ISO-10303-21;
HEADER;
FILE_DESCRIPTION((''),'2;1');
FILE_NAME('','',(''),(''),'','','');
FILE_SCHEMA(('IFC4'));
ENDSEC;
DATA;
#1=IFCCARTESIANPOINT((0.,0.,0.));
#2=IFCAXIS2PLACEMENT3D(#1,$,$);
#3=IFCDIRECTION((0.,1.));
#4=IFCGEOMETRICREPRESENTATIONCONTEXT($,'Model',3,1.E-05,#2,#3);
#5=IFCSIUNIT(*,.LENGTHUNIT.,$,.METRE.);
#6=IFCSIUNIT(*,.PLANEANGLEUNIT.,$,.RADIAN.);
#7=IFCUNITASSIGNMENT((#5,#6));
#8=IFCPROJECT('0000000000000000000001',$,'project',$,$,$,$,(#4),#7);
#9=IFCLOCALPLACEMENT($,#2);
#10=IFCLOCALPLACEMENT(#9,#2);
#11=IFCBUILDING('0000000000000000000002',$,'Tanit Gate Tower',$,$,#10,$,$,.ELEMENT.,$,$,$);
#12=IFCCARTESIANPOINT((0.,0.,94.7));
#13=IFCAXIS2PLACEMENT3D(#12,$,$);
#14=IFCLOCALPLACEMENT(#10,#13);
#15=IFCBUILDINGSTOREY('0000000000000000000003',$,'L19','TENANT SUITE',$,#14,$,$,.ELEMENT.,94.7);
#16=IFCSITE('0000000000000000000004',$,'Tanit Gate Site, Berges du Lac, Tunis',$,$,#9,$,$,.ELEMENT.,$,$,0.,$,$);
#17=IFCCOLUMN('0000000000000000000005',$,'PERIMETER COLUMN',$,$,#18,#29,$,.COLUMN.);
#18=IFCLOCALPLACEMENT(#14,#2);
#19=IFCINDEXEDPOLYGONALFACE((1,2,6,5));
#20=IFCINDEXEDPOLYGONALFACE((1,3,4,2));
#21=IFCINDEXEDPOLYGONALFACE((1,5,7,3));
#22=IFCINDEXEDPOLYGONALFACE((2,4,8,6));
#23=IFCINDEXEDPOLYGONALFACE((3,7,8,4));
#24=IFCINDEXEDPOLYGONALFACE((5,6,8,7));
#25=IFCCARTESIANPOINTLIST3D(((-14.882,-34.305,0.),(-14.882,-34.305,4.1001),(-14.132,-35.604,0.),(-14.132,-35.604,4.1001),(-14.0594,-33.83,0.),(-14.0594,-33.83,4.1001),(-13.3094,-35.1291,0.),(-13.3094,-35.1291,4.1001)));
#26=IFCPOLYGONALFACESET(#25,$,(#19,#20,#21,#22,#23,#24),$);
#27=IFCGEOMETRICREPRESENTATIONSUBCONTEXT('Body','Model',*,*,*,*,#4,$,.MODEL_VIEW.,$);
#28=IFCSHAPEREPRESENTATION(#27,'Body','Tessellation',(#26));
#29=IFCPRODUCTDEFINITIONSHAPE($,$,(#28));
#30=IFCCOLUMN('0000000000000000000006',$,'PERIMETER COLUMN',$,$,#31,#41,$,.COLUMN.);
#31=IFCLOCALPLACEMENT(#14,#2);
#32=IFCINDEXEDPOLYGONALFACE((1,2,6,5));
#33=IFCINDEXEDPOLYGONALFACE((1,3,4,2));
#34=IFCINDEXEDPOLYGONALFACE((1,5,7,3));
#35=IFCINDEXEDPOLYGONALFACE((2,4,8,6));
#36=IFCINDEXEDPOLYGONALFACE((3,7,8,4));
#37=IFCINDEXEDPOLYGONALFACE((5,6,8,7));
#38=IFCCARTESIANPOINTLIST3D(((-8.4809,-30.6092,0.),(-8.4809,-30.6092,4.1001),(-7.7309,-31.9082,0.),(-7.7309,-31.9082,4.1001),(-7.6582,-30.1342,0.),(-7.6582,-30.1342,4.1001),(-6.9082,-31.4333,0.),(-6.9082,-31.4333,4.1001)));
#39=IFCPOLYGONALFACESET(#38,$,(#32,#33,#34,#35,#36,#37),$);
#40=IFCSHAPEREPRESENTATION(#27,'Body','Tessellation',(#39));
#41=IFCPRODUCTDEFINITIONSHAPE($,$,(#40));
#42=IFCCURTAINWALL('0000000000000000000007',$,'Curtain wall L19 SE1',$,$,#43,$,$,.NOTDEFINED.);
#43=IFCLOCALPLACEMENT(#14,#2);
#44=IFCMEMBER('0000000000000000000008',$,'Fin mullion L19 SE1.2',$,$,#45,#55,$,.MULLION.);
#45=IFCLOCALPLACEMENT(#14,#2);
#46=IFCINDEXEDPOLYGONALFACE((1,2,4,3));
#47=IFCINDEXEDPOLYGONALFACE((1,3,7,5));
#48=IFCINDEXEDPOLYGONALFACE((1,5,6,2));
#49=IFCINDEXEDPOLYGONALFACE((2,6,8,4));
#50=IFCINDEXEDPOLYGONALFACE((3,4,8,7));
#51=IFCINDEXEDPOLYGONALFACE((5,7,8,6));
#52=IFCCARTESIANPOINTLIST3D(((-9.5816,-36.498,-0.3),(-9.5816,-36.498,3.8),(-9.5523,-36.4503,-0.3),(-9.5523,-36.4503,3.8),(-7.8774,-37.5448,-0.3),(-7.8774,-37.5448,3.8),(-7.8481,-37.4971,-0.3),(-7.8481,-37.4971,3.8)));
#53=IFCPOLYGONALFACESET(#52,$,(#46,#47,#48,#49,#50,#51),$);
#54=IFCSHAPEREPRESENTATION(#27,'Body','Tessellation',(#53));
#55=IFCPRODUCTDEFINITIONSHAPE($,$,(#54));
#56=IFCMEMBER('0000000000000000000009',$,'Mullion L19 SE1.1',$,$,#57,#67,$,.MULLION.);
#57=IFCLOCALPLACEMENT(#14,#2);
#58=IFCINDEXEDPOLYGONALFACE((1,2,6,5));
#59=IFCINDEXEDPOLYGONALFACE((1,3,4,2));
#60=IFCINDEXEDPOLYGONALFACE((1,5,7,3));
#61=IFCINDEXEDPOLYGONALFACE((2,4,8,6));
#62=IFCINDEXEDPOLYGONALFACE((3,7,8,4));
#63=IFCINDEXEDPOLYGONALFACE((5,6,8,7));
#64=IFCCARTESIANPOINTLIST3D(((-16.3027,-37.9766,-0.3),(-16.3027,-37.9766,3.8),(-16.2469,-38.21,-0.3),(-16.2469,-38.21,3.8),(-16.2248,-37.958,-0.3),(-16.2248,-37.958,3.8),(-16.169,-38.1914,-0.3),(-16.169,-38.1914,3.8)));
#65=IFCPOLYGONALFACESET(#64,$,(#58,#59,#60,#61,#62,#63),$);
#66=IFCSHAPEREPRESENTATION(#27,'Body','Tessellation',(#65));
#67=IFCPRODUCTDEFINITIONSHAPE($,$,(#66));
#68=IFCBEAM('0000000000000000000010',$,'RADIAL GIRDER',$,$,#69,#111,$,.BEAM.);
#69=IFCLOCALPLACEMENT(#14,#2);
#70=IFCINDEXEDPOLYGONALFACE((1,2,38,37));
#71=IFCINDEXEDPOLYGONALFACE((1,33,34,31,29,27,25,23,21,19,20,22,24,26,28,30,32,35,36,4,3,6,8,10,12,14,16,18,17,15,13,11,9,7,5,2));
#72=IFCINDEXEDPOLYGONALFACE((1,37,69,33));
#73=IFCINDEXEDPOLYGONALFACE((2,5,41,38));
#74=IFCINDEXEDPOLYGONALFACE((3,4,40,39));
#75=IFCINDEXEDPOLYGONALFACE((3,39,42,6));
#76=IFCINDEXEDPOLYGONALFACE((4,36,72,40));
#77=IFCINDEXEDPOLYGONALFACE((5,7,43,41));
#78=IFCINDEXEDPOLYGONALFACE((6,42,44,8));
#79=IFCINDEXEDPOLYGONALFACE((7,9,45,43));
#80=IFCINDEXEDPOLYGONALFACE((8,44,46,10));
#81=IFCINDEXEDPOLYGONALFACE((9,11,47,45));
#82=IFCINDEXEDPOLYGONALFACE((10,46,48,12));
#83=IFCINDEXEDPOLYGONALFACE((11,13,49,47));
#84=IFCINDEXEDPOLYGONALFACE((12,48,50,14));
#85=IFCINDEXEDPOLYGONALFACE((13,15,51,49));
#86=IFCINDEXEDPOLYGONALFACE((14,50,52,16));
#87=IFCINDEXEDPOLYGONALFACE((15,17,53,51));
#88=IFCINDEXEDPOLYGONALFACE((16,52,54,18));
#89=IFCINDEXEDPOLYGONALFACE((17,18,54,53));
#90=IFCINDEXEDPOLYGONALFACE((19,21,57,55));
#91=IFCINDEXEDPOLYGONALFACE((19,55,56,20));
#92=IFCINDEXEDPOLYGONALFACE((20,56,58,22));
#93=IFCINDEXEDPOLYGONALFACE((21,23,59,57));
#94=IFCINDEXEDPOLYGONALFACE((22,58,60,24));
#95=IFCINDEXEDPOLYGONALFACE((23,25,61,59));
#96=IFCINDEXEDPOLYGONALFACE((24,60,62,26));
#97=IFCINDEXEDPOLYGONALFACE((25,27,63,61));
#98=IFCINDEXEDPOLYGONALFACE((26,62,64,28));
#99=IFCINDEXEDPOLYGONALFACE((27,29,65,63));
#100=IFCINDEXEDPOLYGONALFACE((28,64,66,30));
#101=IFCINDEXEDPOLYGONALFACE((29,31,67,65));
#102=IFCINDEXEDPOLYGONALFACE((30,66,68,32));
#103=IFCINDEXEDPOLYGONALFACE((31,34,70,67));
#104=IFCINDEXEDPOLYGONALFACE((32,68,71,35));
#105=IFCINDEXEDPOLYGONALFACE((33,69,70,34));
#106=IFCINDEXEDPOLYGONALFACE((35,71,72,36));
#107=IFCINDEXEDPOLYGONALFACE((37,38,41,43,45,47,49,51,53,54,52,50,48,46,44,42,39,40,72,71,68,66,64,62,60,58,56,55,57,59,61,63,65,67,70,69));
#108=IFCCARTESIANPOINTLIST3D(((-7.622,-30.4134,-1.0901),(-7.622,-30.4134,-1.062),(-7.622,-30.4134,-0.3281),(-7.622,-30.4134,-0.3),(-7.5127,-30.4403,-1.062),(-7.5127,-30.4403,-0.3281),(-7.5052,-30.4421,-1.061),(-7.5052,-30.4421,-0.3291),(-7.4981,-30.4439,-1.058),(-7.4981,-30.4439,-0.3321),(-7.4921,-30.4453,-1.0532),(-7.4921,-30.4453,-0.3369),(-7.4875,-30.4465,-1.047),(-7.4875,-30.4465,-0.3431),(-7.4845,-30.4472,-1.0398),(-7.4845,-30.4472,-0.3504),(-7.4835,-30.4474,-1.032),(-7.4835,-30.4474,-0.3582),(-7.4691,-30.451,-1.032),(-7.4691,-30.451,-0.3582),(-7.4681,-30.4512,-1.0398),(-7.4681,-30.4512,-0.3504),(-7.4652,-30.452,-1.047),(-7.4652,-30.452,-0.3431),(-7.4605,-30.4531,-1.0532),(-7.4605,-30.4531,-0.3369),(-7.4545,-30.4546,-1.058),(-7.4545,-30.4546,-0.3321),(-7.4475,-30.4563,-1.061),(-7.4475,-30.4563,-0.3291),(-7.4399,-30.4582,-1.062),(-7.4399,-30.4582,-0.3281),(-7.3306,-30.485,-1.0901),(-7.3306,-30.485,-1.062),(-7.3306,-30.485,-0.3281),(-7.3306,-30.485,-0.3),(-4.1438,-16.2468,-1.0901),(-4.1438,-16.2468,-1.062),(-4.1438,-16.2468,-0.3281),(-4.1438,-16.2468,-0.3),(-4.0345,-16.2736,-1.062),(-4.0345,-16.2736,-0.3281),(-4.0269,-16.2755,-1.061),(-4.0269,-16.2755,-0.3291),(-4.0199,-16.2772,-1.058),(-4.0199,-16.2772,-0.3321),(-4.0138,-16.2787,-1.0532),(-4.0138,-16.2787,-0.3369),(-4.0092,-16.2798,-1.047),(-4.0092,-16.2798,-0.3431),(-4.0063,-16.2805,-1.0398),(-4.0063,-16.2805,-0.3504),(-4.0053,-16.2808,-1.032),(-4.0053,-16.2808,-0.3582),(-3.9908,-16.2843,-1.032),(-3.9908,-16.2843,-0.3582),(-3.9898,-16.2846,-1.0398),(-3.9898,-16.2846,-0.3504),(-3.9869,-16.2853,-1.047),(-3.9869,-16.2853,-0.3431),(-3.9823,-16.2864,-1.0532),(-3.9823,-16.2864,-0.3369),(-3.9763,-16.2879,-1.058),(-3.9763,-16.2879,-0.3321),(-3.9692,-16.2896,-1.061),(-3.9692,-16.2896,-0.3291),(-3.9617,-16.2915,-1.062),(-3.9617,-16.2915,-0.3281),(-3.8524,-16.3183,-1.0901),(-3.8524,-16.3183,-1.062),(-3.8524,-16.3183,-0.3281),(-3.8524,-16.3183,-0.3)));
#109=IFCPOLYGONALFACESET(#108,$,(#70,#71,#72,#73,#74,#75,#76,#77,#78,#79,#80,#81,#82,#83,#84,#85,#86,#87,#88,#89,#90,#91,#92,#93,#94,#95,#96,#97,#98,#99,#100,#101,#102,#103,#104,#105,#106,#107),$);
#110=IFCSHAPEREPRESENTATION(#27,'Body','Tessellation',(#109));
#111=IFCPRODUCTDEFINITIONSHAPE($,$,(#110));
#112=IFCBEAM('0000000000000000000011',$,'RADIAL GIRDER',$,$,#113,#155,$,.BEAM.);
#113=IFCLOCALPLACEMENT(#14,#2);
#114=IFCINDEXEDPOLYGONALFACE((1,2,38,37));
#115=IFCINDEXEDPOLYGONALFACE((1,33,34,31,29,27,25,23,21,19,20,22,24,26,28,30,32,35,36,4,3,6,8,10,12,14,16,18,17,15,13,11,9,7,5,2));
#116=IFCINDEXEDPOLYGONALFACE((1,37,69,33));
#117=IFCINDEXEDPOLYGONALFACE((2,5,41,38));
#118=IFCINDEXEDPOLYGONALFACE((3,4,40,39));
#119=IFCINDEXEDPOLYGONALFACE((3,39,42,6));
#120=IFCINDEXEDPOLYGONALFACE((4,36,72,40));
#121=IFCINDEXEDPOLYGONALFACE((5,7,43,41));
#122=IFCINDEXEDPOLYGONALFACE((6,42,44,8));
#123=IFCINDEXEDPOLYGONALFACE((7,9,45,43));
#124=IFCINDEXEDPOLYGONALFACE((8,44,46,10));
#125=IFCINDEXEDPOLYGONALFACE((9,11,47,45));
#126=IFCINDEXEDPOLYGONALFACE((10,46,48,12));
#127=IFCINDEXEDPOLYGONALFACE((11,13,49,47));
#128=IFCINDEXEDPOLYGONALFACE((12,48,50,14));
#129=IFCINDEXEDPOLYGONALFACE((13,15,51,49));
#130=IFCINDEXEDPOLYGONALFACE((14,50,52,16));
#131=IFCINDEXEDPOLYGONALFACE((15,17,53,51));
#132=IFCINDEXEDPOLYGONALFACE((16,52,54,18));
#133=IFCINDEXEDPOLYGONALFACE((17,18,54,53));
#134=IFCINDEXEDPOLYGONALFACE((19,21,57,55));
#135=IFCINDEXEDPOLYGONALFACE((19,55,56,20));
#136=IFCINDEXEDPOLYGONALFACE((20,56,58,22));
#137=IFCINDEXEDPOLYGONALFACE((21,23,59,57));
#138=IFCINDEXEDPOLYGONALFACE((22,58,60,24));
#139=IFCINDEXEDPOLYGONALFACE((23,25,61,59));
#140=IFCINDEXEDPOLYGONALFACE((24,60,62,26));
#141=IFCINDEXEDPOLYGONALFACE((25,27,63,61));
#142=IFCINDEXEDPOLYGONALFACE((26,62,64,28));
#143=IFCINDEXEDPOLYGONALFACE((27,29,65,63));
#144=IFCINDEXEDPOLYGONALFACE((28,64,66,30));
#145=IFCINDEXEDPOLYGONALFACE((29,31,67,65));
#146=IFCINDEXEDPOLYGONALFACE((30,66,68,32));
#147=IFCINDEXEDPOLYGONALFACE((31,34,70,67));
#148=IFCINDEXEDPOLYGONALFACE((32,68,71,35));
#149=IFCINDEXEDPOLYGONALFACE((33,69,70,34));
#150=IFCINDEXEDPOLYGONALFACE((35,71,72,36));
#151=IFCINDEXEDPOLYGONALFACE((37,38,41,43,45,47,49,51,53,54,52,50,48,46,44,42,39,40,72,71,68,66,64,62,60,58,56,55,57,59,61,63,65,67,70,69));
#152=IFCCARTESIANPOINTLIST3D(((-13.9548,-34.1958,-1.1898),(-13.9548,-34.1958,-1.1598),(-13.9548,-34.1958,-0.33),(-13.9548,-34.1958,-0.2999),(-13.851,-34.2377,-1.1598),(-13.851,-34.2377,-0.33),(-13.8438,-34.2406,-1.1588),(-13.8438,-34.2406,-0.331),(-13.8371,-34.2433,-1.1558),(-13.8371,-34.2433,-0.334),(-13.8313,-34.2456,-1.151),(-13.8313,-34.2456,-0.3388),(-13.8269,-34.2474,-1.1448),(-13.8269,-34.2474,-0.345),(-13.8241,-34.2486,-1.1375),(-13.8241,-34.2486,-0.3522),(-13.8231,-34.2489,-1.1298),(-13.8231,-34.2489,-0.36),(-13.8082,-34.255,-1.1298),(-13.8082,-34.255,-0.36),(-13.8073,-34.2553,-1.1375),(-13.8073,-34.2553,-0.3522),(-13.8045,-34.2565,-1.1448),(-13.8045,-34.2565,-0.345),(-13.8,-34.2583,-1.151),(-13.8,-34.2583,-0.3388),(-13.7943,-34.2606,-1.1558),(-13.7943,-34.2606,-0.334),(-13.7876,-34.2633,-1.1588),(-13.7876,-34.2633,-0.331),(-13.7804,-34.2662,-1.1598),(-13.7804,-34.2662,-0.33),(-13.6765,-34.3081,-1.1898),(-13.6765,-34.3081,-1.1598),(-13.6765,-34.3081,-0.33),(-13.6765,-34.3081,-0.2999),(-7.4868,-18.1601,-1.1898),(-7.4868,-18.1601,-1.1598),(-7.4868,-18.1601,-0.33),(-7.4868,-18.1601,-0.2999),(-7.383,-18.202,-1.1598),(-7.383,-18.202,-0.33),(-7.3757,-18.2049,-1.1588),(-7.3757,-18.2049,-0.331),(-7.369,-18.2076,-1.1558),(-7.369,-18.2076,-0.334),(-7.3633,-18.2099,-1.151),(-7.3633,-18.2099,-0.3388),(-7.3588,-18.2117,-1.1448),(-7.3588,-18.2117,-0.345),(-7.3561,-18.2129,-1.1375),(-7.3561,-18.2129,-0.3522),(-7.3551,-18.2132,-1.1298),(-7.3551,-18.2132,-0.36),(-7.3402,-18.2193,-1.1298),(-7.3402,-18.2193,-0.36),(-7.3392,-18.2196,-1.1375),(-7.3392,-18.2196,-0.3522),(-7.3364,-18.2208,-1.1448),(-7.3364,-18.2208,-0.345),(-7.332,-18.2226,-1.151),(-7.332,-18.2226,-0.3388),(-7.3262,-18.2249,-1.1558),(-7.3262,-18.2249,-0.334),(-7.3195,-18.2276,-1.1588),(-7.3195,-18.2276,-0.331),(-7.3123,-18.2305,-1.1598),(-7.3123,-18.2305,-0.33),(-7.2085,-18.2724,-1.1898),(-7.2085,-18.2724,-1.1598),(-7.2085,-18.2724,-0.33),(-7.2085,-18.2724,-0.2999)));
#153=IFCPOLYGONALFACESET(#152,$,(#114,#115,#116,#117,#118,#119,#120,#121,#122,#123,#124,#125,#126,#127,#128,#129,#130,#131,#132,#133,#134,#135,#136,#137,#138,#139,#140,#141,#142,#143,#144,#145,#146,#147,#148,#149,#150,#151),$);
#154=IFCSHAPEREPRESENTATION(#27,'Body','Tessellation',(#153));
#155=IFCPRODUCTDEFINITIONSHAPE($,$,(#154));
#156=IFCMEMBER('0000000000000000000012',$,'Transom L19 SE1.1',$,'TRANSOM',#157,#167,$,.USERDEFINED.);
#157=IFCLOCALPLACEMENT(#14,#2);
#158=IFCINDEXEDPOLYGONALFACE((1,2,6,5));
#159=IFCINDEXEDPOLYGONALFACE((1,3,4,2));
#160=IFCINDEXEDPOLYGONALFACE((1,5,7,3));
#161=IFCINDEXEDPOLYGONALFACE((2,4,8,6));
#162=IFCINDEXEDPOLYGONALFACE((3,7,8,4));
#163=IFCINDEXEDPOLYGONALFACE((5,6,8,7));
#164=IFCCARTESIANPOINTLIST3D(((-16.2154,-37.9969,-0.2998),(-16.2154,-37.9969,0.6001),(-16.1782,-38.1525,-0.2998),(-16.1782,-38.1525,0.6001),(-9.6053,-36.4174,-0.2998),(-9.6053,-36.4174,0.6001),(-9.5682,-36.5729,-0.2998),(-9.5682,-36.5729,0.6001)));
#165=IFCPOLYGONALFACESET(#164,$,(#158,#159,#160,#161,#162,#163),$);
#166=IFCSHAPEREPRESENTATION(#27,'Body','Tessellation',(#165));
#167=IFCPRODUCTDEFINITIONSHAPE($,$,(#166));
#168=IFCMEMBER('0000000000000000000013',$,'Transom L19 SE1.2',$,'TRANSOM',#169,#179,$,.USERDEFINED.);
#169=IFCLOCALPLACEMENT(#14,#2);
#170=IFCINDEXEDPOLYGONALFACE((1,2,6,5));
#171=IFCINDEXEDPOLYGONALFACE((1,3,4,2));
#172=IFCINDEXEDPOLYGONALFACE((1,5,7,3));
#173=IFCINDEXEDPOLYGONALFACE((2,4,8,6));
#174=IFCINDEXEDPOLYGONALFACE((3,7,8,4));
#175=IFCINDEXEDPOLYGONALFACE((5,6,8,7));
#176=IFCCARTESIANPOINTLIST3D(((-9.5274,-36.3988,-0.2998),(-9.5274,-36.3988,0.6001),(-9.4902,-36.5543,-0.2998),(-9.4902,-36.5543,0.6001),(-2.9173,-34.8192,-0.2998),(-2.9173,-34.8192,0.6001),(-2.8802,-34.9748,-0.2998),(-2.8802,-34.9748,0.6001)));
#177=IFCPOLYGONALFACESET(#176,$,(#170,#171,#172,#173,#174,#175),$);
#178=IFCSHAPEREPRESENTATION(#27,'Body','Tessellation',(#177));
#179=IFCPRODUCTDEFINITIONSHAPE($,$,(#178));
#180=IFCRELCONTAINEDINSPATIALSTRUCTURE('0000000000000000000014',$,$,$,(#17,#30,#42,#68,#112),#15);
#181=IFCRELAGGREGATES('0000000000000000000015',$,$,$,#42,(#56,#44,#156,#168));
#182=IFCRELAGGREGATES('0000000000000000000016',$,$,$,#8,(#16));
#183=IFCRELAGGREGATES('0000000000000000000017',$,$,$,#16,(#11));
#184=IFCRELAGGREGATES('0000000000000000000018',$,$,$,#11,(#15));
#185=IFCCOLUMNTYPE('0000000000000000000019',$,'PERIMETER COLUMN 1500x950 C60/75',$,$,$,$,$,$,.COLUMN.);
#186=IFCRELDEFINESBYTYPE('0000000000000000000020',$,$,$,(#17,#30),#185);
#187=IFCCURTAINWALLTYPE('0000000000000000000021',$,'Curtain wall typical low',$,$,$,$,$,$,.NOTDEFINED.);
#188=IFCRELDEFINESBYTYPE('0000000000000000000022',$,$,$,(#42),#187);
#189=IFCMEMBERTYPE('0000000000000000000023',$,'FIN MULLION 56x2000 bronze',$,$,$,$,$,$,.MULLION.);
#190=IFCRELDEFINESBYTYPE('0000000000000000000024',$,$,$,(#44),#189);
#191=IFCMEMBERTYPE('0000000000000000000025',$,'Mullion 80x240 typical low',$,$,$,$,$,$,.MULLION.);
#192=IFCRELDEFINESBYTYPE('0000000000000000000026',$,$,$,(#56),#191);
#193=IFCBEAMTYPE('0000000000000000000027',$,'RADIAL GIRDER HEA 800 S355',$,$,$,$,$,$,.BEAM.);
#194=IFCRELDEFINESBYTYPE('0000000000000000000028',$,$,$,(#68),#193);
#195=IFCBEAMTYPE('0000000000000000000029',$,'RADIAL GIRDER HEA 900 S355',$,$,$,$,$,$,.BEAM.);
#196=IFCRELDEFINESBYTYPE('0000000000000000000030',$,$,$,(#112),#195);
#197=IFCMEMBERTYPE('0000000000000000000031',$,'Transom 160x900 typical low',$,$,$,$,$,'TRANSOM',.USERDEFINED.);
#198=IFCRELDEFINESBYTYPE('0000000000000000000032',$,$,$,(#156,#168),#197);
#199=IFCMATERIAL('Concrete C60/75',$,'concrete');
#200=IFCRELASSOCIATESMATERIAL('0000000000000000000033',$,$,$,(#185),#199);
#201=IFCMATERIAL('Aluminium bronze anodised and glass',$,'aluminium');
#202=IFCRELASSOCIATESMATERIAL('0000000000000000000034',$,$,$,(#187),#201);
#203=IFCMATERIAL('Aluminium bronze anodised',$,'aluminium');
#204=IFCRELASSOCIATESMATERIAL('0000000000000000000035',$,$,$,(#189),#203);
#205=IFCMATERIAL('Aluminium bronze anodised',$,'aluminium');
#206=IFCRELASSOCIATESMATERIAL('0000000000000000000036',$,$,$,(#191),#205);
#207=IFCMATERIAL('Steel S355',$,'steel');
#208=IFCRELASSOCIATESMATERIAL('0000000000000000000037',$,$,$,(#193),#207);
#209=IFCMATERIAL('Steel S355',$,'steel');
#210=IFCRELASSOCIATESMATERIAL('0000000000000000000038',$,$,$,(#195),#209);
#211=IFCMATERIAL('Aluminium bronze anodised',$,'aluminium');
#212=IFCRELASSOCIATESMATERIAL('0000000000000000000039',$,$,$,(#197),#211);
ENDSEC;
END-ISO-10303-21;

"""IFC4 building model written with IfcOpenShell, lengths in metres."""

from ifc_helpers import new_model, si_unit, direction, frame, origin, origin_2d, place, context, subcontext, project, spatial, rectangle, i_section, extrude, material, material_profile, profile_set, type_object, element, aggregate, save


model = new_model("IFC4")

# Units and contexts
model_context = context("Model", 3, precision=1e-05, world=origin(), true_north=direction((0.0, 1.0)))
body_context = subcontext(model_context, "Body", "Model", "MODEL_VIEW")
ifc_project = project(units=[si_unit("LENGTHUNIT", "METRE"), si_unit("PLANEANGLEUNIT", "RADIAN")], contexts=[model_context])

# Site, building, storey
site_placement = place(None, origin())
site = spatial("IfcSite", under=ifc_project, at=site_placement, Name="Tanit Gate Site, Berges du Lac, Tunis", CompositionType="ELEMENT", RefElevation=0.0)
building_placement = place(site_placement, origin())
building = spatial("IfcBuilding", under=site, at=building_placement, Name="Tanit Gate Tower", CompositionType="ELEMENT")
storey_placement = place(building_placement, frame((0.0, 0.0, 94.7)))
storey = spatial("IfcBuildingStorey", under=building, at=storey_placement, Name="L19", Description="TENANT SUITE", CompositionType="ELEMENT", Elevation=94.7)

# Columns
ifc_material_1 = material(Name="Concrete C60/75", Category="concrete")
ifc_material_profile_1 = material_profile(ifc_material_1, rectangle(XDim=1.5, YDim=0.95, at=origin_2d()), Name="RC 1500x950")
ifc_profile_set_1 = profile_set([ifc_material_profile_1], Name="Concrete C60/75")
column_type = type_object("IfcColumnType", Name="PERIMETER COLUMN 1500x950 C60/75", PredefinedType="COLUMN", material=ifc_profile_set_1)
for number, where, z_axis, x_axis, name in (
    (1, (-14.0957, -34.717, 0.0), (0.0, 0.0, 1.0), (0.5, -0.866025, 0.0), "PERIMETER COLUMN"),
    (2, (-7.6946, -31.0212, 0.0), (0.0, 0.0, 1.0), (0.5, -0.866025, 0.0), "PERIMETER COLUMN"),
):
    element("IfcColumn", number, at=place(storey_placement, frame(where, z_axis=z_axis, x_axis=x_axis)), inside=storey, type_object=column_type, Name=name, PredefinedType="COLUMN", context=body_context, shape_type="SweptSolid", body=[
        extrude(rectangle(XDim=1.5, YDim=0.95, at=origin_2d()), origin(), (0.0, 0.0, 1.0), 4.1001),
    ])

# Curtain wall, members
ifc_material_2 = material(Name="Aluminium bronze anodised and glass", Category="aluminium")
curtain_wall_type = type_object("IfcCurtainWallType", Name="Curtain wall typical low", PredefinedType="NOTDEFINED", material=ifc_material_2)
curtain_wall_placement = place(storey_placement, origin())
curtain_wall = element("IfcCurtainWall", 3, at=curtain_wall_placement, inside=storey, type_object=curtain_wall_type, Name="Curtain wall L19 SE1", PredefinedType="NOTDEFINED")
ifc_material_3 = material(Name="Aluminium bronze anodised", Category="aluminium")
ifc_material_profile_2 = material_profile(ifc_material_3, rectangle(XDim=2.0, YDim=0.0559, at=origin_2d()), Name="56x2000 bronze fin mullion")
ifc_profile_set_2 = profile_set([ifc_material_profile_2], Name="Aluminium bronze anodised")
member_type_1 = type_object("IfcMemberType", Name="FIN MULLION 56x2000 bronze", PredefinedType="MULLION", material=ifc_profile_set_2)
member_1_placement = place(storey_placement, frame((-8.7148, -36.9976, -0.3), z_axis=(0.0, 0.0, 1.0), x_axis=(-0.852083, 0.523407, 0.0)))
member_1 = element("IfcMember", 4, at=member_1_placement, type_object=member_type_1, Name="Fin mullion L19 SE1.2", PredefinedType="MULLION", context=body_context, shape_type="SweptSolid", body=[
    extrude(rectangle(XDim=2.0, YDim=0.0559, at=origin_2d()), origin(), (0.0, 0.0, 1.0), 4.1001),
])
ifc_material_4 = material(Name="Aluminium bronze anodised", Category="aluminium")
ifc_material_profile_3 = material_profile(ifc_material_4, rectangle(XDim=0.24, YDim=0.0801, at=origin_2d()), Name="80x240 bronze mullion")
ifc_profile_set_3 = profile_set([ifc_material_profile_3], Name="Aluminium bronze anodised")
member_type_2 = type_object("IfcMemberType", Name="Mullion 80x240 typical low", PredefinedType="MULLION", material=ifc_profile_set_3)
member_2_placement = place(storey_placement, frame((-16.2358, -38.084, -0.3), z_axis=(0.0, 0.0, 1.0), x_axis=(-0.232409, 0.972618, 0.0)))
member_2 = element("IfcMember", 5, at=member_2_placement, type_object=member_type_2, Name="Mullion L19 SE1.1", PredefinedType="MULLION", context=body_context, shape_type="SweptSolid", body=[
    extrude(rectangle(XDim=0.24, YDim=0.0801, at=origin_2d()), origin(), (0.0, 0.0, 1.0), 4.1001),
])

# Beams
ifc_material_5 = material(Name="Steel S355", Category="steel")
ifc_material_profile_4 = material_profile(ifc_material_5, i_section(OverallWidth=0.3, OverallDepth=0.79, WebThickness=0.0149, FlangeThickness=0.0281, FilletRadius=0.03, at=origin_2d()), Name="HEA 800")
ifc_profile_set_4 = profile_set([ifc_material_profile_4], Name="Steel S355")
beam_type_1 = type_object("IfcBeamType", Name="RADIAL GIRDER HEA 800 S355", PredefinedType="BEAM", material=ifc_profile_set_4)
beam_1_placement = place(storey_placement, frame((-7.4763, -30.4492, -0.6951), z_axis=(0.238442, 0.971157, 0.0), x_axis=(-0.971157, 0.238442, 0.0)))
element("IfcBeam", 6, at=beam_1_placement, inside=storey, type_object=beam_type_1, Name="RADIAL GIRDER", PredefinedType="BEAM", context=body_context, shape_type="SweptSolid", body=[
    extrude(i_section(OverallWidth=0.3, OverallDepth=0.79, WebThickness=0.0149, FlangeThickness=0.0281, FilletRadius=0.03, at=origin_2d()), origin(), (0.0, 0.0, 1.0), 14.5874),
])
ifc_material_6 = material(Name="Steel S355", Category="steel")
ifc_material_profile_5 = material_profile(ifc_material_6, i_section(OverallWidth=0.3, OverallDepth=0.8899, WebThickness=0.0161, FlangeThickness=0.03, FilletRadius=0.03, at=origin_2d()), Name="HEA 900")
ifc_profile_set_5 = profile_set([ifc_material_profile_5], Name="Steel S355")
beam_type_2 = type_object("IfcBeamType", Name="RADIAL GIRDER HEA 900 S355", PredefinedType="BEAM", material=ifc_profile_set_5)
beam_2_placement = place(storey_placement, frame((-13.8157, -34.252, -0.7449), z_axis=(0.374069, 0.927401, 0.0), x_axis=(-0.927401, 0.374069, 0.0)))
element("IfcBeam", 7, at=beam_2_placement, inside=storey, type_object=beam_type_2, Name="RADIAL GIRDER", PredefinedType="BEAM", context=body_context, shape_type="SweptSolid", body=[
    extrude(i_section(OverallWidth=0.3, OverallDepth=0.8899, WebThickness=0.0161, FlangeThickness=0.03, FilletRadius=0.03, at=origin_2d()), origin(), (0.0, 0.0, 1.0), 17.291),
])

# Members
ifc_material_7 = material(Name="Aluminium bronze anodised", Category="aluminium")
ifc_material_profile_6 = material_profile(ifc_material_7, rectangle(XDim=0.1599, YDim=0.8999, at=origin_2d()), Name="160x900 bronze transom")
ifc_profile_set_6 = profile_set([ifc_material_profile_6], Name="Aluminium bronze anodised")
member_type_3 = type_object("IfcMemberType", Name="Transom 160x900 typical low", ElementType="TRANSOM", PredefinedType="USERDEFINED", material=ifc_profile_set_6)
member_3_placement = place(storey_placement, frame((-16.1968, -38.0747, 0.1501), z_axis=(0.972615, 0.232422, 0.0), x_axis=(-0.232422, 0.972615, 0.0)))
member_3 = element("IfcMember", 8, at=member_3_placement, type_object=member_type_3, Name="Transom L19 SE1.1", ObjectType="TRANSOM", PredefinedType="USERDEFINED", context=body_context, shape_type="SweptSolid", body=[
    extrude(rectangle(XDim=0.1599, YDim=0.8999, at=origin_2d()), origin(), (0.0, 0.0, 1.0), 6.7961),
])
member_4_placement = place(storey_placement, frame((-9.5088, -36.4766, 0.1501), z_axis=(0.972615, 0.232422, 0.0), x_axis=(-0.232422, 0.972615, 0.0)))
member_4 = element("IfcMember", 9, at=member_4_placement, type_object=member_type_3, Name="Transom L19 SE1.2", ObjectType="TRANSOM", PredefinedType="USERDEFINED", context=body_context, shape_type="SweptSolid", body=[
    extrude(rectangle(XDim=0.1599, YDim=0.8999, at=origin_2d()), origin(), (0.0, 0.0, 1.0), 6.7961),
])

aggregate(curtain_wall, [member_2, member_1, member_3, member_4])

save(model, "model.ifc")
